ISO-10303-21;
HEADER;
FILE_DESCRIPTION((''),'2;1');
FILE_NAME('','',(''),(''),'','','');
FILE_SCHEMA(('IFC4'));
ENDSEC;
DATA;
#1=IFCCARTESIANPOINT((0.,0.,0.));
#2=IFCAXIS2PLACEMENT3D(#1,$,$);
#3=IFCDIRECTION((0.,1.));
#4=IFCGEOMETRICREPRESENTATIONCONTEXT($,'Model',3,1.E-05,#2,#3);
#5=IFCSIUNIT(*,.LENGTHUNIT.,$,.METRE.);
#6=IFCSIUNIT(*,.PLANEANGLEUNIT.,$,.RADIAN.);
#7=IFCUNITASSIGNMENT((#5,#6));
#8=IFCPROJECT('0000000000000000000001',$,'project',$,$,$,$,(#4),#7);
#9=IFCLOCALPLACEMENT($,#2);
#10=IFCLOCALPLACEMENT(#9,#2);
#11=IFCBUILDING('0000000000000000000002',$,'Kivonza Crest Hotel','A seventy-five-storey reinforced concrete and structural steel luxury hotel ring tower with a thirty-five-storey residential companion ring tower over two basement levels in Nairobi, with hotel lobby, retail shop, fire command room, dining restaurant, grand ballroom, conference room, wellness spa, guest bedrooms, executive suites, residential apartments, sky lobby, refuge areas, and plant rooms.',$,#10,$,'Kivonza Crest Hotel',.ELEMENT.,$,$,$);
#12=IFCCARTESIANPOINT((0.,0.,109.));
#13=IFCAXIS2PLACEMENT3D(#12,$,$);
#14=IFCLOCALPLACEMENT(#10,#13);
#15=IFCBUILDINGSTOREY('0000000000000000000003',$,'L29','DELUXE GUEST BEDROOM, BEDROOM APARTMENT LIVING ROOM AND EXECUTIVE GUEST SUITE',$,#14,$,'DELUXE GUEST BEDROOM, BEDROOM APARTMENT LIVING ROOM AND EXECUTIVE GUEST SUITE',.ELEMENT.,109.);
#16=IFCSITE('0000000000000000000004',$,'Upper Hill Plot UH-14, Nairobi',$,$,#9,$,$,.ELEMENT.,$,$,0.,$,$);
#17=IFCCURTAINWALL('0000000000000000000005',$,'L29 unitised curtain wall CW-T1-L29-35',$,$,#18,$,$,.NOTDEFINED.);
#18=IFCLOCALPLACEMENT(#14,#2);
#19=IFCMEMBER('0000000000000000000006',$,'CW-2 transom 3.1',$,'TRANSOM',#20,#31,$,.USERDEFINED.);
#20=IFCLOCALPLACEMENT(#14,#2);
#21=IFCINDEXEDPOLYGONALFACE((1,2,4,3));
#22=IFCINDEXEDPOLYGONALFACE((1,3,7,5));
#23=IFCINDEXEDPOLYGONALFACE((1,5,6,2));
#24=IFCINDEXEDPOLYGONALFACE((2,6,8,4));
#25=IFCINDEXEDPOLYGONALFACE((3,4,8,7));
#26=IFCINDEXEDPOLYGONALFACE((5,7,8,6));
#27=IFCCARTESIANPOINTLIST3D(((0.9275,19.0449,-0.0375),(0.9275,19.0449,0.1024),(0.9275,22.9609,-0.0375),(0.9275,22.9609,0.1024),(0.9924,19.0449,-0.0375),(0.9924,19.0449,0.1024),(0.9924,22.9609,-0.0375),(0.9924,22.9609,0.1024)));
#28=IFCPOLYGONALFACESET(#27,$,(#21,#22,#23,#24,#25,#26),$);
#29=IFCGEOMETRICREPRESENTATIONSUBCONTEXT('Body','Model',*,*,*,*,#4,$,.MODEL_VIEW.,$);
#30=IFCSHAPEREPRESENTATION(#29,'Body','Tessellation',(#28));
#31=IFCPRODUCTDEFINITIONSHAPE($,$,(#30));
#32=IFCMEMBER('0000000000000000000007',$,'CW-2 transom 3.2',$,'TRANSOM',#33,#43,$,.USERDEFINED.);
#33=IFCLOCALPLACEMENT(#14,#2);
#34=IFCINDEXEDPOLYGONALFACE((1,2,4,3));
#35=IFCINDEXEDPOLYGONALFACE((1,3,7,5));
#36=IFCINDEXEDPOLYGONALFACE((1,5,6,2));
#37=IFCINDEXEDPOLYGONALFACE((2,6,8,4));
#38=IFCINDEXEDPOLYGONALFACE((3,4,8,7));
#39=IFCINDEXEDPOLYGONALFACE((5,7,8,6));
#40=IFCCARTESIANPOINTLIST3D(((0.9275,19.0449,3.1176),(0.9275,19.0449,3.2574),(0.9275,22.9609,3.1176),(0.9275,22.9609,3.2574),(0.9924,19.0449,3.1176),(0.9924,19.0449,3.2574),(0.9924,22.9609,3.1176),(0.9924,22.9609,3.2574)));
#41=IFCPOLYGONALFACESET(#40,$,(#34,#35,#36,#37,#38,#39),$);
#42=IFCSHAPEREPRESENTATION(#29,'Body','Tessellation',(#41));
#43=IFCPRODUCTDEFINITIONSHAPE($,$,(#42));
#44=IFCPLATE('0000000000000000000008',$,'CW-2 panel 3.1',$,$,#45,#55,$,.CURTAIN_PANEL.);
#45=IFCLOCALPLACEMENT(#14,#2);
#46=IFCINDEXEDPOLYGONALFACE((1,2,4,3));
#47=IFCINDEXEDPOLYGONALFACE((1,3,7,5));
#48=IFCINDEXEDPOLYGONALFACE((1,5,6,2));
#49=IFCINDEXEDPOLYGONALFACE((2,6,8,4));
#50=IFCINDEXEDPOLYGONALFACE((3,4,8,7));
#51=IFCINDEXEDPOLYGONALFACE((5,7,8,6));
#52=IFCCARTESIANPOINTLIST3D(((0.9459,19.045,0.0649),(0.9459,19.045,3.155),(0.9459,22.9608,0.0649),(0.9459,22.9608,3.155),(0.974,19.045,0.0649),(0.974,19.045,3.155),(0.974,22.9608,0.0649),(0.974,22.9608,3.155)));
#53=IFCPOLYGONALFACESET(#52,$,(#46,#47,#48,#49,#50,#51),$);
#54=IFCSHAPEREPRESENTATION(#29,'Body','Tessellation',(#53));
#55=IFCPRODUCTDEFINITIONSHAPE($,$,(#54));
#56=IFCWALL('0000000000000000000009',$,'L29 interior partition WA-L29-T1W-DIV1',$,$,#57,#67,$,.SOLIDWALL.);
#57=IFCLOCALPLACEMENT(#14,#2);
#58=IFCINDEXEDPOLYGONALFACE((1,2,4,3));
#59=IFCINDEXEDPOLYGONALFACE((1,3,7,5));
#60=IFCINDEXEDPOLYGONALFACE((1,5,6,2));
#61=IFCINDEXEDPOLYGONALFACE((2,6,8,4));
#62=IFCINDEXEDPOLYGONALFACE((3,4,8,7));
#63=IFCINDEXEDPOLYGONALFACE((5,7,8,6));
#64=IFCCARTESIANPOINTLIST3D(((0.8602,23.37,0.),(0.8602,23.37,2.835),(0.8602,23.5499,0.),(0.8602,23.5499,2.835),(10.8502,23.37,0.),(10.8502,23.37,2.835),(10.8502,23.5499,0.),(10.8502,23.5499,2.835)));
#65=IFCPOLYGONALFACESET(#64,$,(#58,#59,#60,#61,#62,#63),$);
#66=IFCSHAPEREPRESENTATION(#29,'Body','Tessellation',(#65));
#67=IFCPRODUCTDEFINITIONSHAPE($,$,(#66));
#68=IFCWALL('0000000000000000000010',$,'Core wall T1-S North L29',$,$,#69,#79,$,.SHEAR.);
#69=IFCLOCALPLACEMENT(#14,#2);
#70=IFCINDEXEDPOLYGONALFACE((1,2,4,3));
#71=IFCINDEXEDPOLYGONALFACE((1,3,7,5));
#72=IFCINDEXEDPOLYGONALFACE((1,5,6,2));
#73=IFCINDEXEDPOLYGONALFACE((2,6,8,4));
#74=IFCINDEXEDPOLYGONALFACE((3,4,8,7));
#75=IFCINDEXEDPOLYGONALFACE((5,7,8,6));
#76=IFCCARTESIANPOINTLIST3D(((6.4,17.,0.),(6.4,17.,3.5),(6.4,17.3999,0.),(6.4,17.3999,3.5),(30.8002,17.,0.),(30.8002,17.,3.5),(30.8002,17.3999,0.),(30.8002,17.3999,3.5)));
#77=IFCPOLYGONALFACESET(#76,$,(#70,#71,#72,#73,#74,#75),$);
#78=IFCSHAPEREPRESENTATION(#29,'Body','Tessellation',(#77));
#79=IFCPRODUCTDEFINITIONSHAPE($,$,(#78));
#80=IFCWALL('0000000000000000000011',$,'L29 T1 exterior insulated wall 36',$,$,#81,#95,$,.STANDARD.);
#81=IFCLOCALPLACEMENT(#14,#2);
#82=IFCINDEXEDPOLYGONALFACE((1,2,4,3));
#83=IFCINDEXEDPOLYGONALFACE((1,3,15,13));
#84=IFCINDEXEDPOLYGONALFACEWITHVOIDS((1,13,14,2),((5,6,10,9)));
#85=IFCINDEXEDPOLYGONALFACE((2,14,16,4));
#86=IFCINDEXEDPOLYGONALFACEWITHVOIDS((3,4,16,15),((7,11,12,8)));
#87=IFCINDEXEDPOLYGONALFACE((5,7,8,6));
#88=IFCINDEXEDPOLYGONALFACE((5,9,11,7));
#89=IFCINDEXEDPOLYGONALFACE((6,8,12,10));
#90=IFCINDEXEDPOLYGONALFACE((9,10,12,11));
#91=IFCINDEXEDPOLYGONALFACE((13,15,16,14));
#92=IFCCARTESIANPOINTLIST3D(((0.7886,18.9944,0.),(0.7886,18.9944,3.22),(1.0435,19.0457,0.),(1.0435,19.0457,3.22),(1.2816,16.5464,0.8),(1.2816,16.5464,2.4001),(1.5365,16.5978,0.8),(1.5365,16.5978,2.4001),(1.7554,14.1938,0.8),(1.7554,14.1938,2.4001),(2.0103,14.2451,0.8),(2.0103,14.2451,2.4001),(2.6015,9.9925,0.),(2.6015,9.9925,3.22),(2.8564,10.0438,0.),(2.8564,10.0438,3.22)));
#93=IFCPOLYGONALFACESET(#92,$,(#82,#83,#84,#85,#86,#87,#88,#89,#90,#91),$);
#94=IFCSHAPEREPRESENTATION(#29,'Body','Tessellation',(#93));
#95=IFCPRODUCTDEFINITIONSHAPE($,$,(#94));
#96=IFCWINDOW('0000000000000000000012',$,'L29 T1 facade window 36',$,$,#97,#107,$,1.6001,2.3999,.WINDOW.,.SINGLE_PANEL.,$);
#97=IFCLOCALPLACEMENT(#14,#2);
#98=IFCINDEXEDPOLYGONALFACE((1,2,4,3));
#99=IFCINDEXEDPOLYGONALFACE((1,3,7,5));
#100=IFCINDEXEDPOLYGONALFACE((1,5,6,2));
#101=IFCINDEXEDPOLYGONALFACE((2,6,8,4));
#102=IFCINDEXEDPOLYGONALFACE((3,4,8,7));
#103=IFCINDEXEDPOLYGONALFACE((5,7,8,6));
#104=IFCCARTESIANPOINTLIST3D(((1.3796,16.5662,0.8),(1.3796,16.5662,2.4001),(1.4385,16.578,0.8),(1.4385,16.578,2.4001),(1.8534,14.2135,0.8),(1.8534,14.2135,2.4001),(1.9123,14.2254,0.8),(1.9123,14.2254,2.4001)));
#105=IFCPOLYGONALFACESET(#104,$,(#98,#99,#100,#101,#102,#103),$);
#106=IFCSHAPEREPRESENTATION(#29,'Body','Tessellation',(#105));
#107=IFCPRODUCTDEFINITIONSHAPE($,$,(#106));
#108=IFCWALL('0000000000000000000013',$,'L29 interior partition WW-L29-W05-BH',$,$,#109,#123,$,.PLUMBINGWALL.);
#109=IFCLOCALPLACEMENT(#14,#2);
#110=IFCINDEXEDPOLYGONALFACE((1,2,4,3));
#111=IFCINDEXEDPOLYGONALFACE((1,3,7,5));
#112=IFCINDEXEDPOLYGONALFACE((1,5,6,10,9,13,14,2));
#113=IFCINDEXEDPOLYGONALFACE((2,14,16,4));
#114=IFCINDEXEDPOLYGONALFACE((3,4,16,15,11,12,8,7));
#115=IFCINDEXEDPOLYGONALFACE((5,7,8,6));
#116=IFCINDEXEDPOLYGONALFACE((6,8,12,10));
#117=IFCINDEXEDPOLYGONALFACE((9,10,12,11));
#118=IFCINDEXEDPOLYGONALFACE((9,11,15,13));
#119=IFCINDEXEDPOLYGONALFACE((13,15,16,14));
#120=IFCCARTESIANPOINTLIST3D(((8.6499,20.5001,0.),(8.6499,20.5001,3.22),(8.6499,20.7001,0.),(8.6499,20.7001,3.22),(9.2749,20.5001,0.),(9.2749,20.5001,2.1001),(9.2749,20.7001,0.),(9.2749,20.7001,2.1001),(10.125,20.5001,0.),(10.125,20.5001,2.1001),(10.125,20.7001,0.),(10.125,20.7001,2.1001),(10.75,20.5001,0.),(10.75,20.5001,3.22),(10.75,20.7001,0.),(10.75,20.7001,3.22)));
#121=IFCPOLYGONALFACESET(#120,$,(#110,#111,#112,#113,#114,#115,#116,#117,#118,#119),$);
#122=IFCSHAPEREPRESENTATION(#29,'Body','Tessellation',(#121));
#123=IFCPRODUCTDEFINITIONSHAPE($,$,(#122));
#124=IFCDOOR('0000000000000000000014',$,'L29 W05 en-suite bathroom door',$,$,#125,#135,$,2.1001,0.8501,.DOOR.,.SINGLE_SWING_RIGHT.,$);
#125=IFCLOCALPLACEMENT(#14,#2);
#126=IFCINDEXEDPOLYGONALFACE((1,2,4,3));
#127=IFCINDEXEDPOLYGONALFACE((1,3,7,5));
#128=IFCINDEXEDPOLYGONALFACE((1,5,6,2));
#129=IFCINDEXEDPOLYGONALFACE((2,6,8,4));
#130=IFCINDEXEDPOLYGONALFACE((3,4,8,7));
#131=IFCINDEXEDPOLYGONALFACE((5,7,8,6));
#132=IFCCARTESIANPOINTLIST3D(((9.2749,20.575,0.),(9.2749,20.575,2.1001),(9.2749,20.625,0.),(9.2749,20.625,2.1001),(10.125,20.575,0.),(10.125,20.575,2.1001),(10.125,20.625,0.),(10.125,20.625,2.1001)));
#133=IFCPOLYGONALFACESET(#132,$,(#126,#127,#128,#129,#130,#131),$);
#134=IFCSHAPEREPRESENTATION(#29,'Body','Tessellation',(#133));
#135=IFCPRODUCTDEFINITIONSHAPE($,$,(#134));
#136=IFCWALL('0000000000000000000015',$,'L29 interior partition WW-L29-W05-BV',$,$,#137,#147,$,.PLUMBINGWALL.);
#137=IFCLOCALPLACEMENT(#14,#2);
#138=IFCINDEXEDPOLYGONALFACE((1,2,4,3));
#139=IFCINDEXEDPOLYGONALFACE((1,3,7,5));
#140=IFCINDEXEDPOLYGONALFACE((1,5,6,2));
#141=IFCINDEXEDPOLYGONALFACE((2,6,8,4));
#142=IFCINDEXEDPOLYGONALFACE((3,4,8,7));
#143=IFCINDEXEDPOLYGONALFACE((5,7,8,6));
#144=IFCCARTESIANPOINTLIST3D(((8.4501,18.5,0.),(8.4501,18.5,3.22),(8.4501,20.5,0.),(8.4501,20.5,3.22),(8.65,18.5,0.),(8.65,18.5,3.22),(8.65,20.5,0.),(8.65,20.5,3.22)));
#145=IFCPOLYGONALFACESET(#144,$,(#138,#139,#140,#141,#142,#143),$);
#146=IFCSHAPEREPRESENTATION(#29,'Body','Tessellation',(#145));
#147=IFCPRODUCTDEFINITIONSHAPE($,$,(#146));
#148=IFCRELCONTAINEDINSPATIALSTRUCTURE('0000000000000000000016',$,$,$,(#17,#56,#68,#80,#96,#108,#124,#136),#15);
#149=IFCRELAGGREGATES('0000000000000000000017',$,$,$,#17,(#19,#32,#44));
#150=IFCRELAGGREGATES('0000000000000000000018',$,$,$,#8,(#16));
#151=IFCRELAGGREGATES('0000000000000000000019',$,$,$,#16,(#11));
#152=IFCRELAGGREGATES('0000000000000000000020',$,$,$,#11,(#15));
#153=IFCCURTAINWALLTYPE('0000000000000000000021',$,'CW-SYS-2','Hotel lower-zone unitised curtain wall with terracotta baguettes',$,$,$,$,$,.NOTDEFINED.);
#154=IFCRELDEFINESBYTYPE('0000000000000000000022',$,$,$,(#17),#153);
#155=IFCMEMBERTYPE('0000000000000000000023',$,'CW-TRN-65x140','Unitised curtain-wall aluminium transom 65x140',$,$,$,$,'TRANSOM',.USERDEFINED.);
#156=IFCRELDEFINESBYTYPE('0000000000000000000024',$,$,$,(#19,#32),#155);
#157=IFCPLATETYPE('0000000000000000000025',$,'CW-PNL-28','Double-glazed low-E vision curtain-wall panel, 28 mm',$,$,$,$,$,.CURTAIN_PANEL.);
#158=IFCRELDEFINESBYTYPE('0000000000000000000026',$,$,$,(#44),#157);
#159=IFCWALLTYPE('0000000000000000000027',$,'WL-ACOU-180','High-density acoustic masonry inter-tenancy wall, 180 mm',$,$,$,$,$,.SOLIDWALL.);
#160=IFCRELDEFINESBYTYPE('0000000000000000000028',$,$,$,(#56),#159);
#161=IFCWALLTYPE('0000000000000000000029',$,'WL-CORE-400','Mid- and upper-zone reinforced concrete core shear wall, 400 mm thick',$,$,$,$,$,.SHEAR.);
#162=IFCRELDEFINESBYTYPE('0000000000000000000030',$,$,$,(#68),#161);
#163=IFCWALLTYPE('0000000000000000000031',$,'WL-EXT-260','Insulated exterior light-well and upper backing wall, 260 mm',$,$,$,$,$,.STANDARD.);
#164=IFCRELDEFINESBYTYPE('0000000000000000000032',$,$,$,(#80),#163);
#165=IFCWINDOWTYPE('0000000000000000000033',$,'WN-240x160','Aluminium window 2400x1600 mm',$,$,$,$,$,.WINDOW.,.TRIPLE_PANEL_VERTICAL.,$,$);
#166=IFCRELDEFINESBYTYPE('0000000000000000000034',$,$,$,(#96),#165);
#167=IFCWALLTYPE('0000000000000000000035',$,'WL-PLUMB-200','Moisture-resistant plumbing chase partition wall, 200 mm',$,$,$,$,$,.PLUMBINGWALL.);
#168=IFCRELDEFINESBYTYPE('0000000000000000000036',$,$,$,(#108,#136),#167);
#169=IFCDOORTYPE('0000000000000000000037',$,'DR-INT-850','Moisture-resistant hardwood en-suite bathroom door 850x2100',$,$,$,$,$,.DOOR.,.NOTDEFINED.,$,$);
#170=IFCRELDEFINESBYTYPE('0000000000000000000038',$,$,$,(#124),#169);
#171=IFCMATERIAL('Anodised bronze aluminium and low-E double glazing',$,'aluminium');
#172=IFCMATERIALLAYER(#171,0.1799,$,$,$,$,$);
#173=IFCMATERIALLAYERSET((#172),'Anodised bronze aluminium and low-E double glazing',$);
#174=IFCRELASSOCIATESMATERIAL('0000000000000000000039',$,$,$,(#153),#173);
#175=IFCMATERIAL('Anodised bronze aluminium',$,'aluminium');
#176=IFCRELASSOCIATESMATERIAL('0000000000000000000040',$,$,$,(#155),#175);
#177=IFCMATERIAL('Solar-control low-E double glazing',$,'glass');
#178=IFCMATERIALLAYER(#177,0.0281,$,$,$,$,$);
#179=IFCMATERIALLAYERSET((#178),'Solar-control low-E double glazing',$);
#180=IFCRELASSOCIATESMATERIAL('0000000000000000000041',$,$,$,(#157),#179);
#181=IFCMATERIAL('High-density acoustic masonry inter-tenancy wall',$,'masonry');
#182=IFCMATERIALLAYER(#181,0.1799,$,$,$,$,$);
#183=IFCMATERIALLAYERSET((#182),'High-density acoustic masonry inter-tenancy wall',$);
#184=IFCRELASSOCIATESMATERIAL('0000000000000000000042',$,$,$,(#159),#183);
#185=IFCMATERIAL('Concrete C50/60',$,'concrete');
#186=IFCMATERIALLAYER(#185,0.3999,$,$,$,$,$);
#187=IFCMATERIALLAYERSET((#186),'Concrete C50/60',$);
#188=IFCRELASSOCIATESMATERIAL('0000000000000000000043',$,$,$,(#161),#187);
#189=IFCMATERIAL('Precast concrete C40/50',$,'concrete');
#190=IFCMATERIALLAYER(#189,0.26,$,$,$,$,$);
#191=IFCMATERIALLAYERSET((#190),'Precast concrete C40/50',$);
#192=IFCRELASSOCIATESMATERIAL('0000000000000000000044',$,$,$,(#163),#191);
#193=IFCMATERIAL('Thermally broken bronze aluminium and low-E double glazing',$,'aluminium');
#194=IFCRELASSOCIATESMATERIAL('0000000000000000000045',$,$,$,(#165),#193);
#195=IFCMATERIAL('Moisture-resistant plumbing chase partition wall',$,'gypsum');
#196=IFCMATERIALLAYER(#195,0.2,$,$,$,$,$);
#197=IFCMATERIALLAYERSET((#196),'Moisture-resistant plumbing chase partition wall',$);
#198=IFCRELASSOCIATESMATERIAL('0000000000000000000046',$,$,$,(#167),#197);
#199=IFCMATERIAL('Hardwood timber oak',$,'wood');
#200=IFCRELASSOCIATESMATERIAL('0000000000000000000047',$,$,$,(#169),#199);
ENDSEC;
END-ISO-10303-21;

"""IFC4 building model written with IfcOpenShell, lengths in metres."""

from ifc_helpers import new_model, si_unit, direction, frame, frame_2d, origin, origin_2d, place, context, subcontext, project, spatial, rectangle, extrude, material, layer, layer_set, material_profile, profile_set, type_object, element, fill, aggregate, save


model = new_model("IFC4")

# Units and contexts
model_context = context("Model", 3, precision=1e-05, world=origin(), true_north=direction((0.0, 1.0)))
body_context = subcontext(model_context, "Body", "Model", "MODEL_VIEW")
ifc_project = project(units=[si_unit("LENGTHUNIT", "METRE"), si_unit("PLANEANGLEUNIT", "RADIAN")], contexts=[model_context])

# Site, building, storey
site_placement = place(None, origin())
site = spatial("IfcSite", under=ifc_project, at=site_placement, Name="Upper Hill Plot UH-14, Nairobi", CompositionType="ELEMENT", RefElevation=0.0)
building_placement = place(site_placement, origin())
building = spatial("IfcBuilding", under=site, at=building_placement, Name="Kivonza Crest Hotel", Description="A seventy-five-storey reinforced concrete and structural steel luxury hotel ring tower with a thirty-five-storey residential companion ring tower over two basement levels in Nairobi, with hotel lobby, retail shop, fire command room, dining restaurant, grand ballroom, conference room, wellness spa, guest bedrooms, executive suites, residential apartments, sky lobby, refuge areas, and plant rooms.", LongName="Kivonza Crest Hotel", CompositionType="ELEMENT")
storey_placement = place(building_placement, frame((0.0, 0.0, 109.0)))
storey = spatial("IfcBuildingStorey", under=building, at=storey_placement, Name="L29", Description="DELUXE GUEST BEDROOM, BEDROOM APARTMENT LIVING ROOM AND EXECUTIVE GUEST SUITE", LongName="DELUXE GUEST BEDROOM, BEDROOM APARTMENT LIVING ROOM AND EXECUTIVE GUEST SUITE", CompositionType="ELEMENT", Elevation=109.0)

# Shared definitions
ifc_material_1 = material(Name="Concrete C50/60", Category="concrete")

# Curtain wall, members, plate
ifc_material_2 = material(Name="Anodised bronze aluminium and low-E double glazing", Category="aluminium")
ifc_layer_1 = layer(ifc_material_2, 0.1799)
ifc_layer_set_1 = layer_set([ifc_layer_1], Name="Anodised bronze aluminium and low-E double glazing")
curtain_wall_type = type_object("IfcCurtainWallType", Name="CW-SYS-2", Description="Hotel lower-zone unitised curtain wall with terracotta baguettes", PredefinedType="NOTDEFINED", material=ifc_layer_set_1)
curtain_wall_placement = place(storey_placement, origin())
curtain_wall = element("IfcCurtainWall", 1, at=curtain_wall_placement, inside=storey, type_object=curtain_wall_type, Name="L29 unitised curtain wall CW-T1-L29-35", PredefinedType="NOTDEFINED")
ifc_material_3 = material(Name="Anodised bronze aluminium", Category="aluminium")
ifc_material_profile_1 = material_profile(ifc_material_3, rectangle(XDim=0.0649, YDim=0.1399, at=origin_2d()), Name="CW-T 65x140")
ifc_profile_set_1 = profile_set([ifc_material_profile_1], Name="Anodised bronze aluminium")
member_type_1 = type_object("IfcMemberType", Name="CW-TRN-65x140", Description="Unitised curtain-wall aluminium transom 65x140", ElementType="TRANSOM", PredefinedType="USERDEFINED", material=ifc_profile_set_1)
member_1_placement = place(storey_placement, frame((0.96, 22.9609, 0.0325), z_axis=(0.0, -1.0, 0.0), x_axis=(1.0, 0.0, 0.0)))
member_1 = element("IfcMember", 2, at=member_1_placement, type_object=member_type_1, Name="CW-2 transom 3.1", ObjectType="TRANSOM", PredefinedType="USERDEFINED", context=body_context, shape_type="SweptSolid", body=[
    extrude(rectangle(XDim=0.0649, YDim=0.1399, at=origin_2d()), origin(), (0.0, 0.0, 1.0), 3.916),
])
member_2_placement = place(storey_placement, frame((0.96, 22.9609, 3.1875), z_axis=(0.0, -1.0, 0.0), x_axis=(1.0, 0.0, 0.0)))
member_2 = element("IfcMember", 3, at=member_2_placement, type_object=member_type_1, Name="CW-2 transom 3.2", ObjectType="TRANSOM", PredefinedType="USERDEFINED", context=body_context, shape_type="SweptSolid", body=[
    extrude(rectangle(XDim=0.0649, YDim=0.1399, at=origin_2d()), origin(), (0.0, 0.0, 1.0), 3.916),
])
ifc_material_4 = material(Name="Solar-control low-E double glazing", Category="glass")
ifc_layer_2 = layer(ifc_material_4, 0.0281)
ifc_layer_set_2 = layer_set([ifc_layer_2], Name="Solar-control low-E double glazing")
plate_type = type_object("IfcPlateType", Name="CW-PNL-28", Description="Double-glazed low-E vision curtain-wall panel, 28 mm", PredefinedType="CURTAIN_PANEL", material=ifc_layer_set_2)
plate_placement = place(storey_placement, frame((0.96, 21.0029, 0.0649), z_axis=(0.0, 0.0, 1.0), x_axis=(0.0, -1.0, 0.0)))
plate = element("IfcPlate", 4, at=plate_placement, type_object=plate_type, Name="CW-2 panel 3.1", PredefinedType="CURTAIN_PANEL", context=body_context, shape_type="SweptSolid", body=[
    extrude(rectangle(XDim=3.9158, YDim=0.0281, at=origin_2d()), origin(), (0.0, 0.0, 1.0), 3.0901),
])
aggregate(curtain_wall, [member_1, member_2, plate])

# Walls
ifc_material_5 = material(Name="High-density acoustic masonry inter-tenancy wall", Category="masonry")
ifc_layer_3 = layer(ifc_material_5, 0.1799)
ifc_layer_set_3 = layer_set([ifc_layer_3], Name="High-density acoustic masonry inter-tenancy wall")
wall_type_1 = type_object("IfcWallType", Name="WL-ACOU-180", Description="High-density acoustic masonry inter-tenancy wall, 180 mm", PredefinedType="SOLIDWALL", material=ifc_layer_set_3)
wall_1_placement = place(storey_placement, frame((0.8601, 23.46, 0.0), z_axis=(0.0, 0.0, 1.0), x_axis=(1.0, 0.0, 0.0)))
element("IfcWall", 5, at=wall_1_placement, inside=storey, type_object=wall_type_1, Name="L29 interior partition WA-L29-T1W-DIV1", PredefinedType="SOLIDWALL", context=body_context, shape_type="SweptSolid", body=[
    extrude(rectangle(XDim=9.99, YDim=0.1799, at=frame_2d((4.9951, 0.0))), origin(), (0.0, 0.0, 1.0), 2.835),
])
ifc_layer_4 = layer(ifc_material_1, 0.3999)
ifc_layer_set_4 = layer_set([ifc_layer_4], Name="Concrete C50/60")
wall_type_2 = type_object("IfcWallType", Name="WL-CORE-400", Description="Mid- and upper-zone reinforced concrete core shear wall, 400 mm thick", PredefinedType="SHEAR", material=ifc_layer_set_4)
wall_2_placement = place(storey_placement, frame((6.3999, 17.2, 0.0), z_axis=(0.0, 0.0, 1.0), x_axis=(1.0, 0.0, 0.0)))
element("IfcWall", 6, at=wall_2_placement, inside=storey, type_object=wall_type_2, Name="Core wall T1-S North L29", PredefinedType="SHEAR", context=body_context, shape_type="SweptSolid", body=[
    extrude(rectangle(XDim=24.4001, YDim=0.3999, at=frame_2d((12.2002, 0.0))), origin(), (0.0, 0.0, 1.0), 3.5),
])

# Wall, opening, window
ifc_material_6 = material(Name="Precast concrete C40/50", Category="concrete")
ifc_layer_5 = layer(ifc_material_6, 0.26)
ifc_layer_set_5 = layer_set([ifc_layer_5], Name="Precast concrete C40/50")
wall_type_3 = type_object("IfcWallType", Name="WL-EXT-260", Description="Insulated exterior light-well and upper backing wall, 260 mm", PredefinedType="STANDARD", material=ifc_layer_set_5)
wall_3_placement = place(storey_placement, frame((0.916, 19.02, 0.0), z_axis=(0.0, 0.0, 1.0), x_axis=(0.197435, -0.980316, 0.0)))
wall_3 = element("IfcWall", 7, at=wall_3_placement, inside=storey, type_object=wall_type_3, Name="L29 T1 exterior insulated wall 36", PredefinedType="STANDARD", context=body_context, shape_type="SweptSolid", body=[
    extrude(rectangle(XDim=9.1826, YDim=0.26, at=frame_2d((4.5913, 0.0))), origin(), (0.0, 0.0, 1.0), 3.22),
])
opening_1_placement = place(wall_3_placement, frame((2.4971, 0.0, 0.8)))
opening_1 = element("IfcOpeningElement", 8, at=opening_1_placement, cuts=wall_3, PredefinedType="OPENING", context=body_context, shape_type="SweptSolid", body=[
    extrude(rectangle(XDim=2.3999, YDim=1.6001, at=frame_2d((1.2, 0.8))), frame((0.0, 0.1401, 0.0), z_axis=(0.0, -1.0, 0.0), x_axis=(1.0, 0.0, 0.0)), (0.0, 0.0, 1.0), 0.28),
])
ifc_material_7 = material(Name="Thermally broken bronze aluminium and low-E double glazing", Category="aluminium")
window_type = type_object("IfcWindowType", Name="WN-240x160", Description="Aluminium window 2400x1600 mm", PartitioningType="TRIPLE_PANEL_VERTICAL", PredefinedType="WINDOW", material=ifc_material_7)
window_placement = place(opening_1_placement, origin())
window = element("IfcWindow", 9, at=window_placement, inside=storey, type_object=window_type, Name="L29 T1 facade window 36", OverallHeight=1.6001, OverallWidth=2.3999, PartitioningType="SINGLE_PANEL", PredefinedType="WINDOW", context=body_context, shape_type="SweptSolid", body=[
    extrude(rectangle(XDim=2.3999, YDim=1.6001, at=frame_2d((1.2, 0.8))), frame((0.0, 0.03, 0.0), z_axis=(0.0, -1.0, 0.0), x_axis=(1.0, 0.0, 0.0)), (0.0, 0.0, 1.0), 0.0601),
])
fill(opening_1, window)

# Wall, opening, door
ifc_material_8 = material(Name="Moisture-resistant plumbing chase partition wall", Category="gypsum")
ifc_layer_6 = layer(ifc_material_8, 0.2)
ifc_layer_set_6 = layer_set([ifc_layer_6], Name="Moisture-resistant plumbing chase partition wall")
wall_type_4 = type_object("IfcWallType", Name="WL-PLUMB-200", Description="Moisture-resistant plumbing chase partition wall, 200 mm", PredefinedType="PLUMBINGWALL", material=ifc_layer_set_6)
wall_4_placement = place(storey_placement, frame((8.6499, 20.6001, 0.0), z_axis=(0.0, 0.0, 1.0), x_axis=(1.0, 0.0, 0.0)))
wall_4 = element("IfcWall", 10, at=wall_4_placement, inside=storey, type_object=wall_type_4, Name="L29 interior partition WW-L29-W05-BH", PredefinedType="PLUMBINGWALL", context=body_context, shape_type="SweptSolid", body=[
    extrude(rectangle(XDim=2.1001, YDim=0.2, at=frame_2d((1.05, 0.0))), origin(), (0.0, 0.0, 1.0), 3.22),
])
opening_2_placement = place(wall_4_placement, frame((0.625, 0.0, 0.0)))
opening_2 = element("IfcOpeningElement", 11, at=opening_2_placement, cuts=wall_4, PredefinedType="OPENING", context=body_context, shape_type="SweptSolid", body=[
    extrude(rectangle(XDim=0.8501, YDim=2.1001, at=frame_2d((0.425, 1.05))), frame((0.0, 0.1099, 0.0), z_axis=(0.0, -1.0, 0.0), x_axis=(1.0, 0.0, 0.0)), (0.0, 0.0, 1.0), 0.22),
])
ifc_material_9 = material(Name="Hardwood timber oak", Category="wood")
door_type = type_object("IfcDoorType", Name="DR-INT-850", Description="Moisture-resistant hardwood en-suite bathroom door 850x2100", OperationType="NOTDEFINED", PredefinedType="DOOR", material=ifc_material_9)
door_placement = place(opening_2_placement, origin())
door = element("IfcDoor", 12, at=door_placement, inside=storey, type_object=door_type, Name="L29 W05 en-suite bathroom door", OperationType="SINGLE_SWING_RIGHT", OverallHeight=2.1001, OverallWidth=0.8501, PredefinedType="DOOR", context=body_context, shape_type="SweptSolid", body=[
    extrude(rectangle(XDim=0.8501, YDim=2.1001, at=frame_2d((0.425, 1.05))), frame((0.0, 0.0249, 0.0), z_axis=(0.0, -1.0, 0.0), x_axis=(1.0, 0.0, 0.0)), (0.0, 0.0, 1.0), 0.05),
])
fill(opening_2, door)

# Wall
wall_5_placement = place(storey_placement, frame((8.55, 18.5, 0.0), z_axis=(0.0, 0.0, 1.0), x_axis=(0.0, 1.0, 0.0)))
element("IfcWall", 13, at=wall_5_placement, inside=storey, type_object=wall_type_4, Name="L29 interior partition WW-L29-W05-BV", PredefinedType="PLUMBINGWALL", context=body_context, shape_type="SweptSolid", body=[
    extrude(rectangle(XDim=2.0, YDim=0.2, at=frame_2d((1.0, 0.0))), origin(), (0.0, 0.0, 1.0), 3.22),
])

save(model, "model.ifc")
